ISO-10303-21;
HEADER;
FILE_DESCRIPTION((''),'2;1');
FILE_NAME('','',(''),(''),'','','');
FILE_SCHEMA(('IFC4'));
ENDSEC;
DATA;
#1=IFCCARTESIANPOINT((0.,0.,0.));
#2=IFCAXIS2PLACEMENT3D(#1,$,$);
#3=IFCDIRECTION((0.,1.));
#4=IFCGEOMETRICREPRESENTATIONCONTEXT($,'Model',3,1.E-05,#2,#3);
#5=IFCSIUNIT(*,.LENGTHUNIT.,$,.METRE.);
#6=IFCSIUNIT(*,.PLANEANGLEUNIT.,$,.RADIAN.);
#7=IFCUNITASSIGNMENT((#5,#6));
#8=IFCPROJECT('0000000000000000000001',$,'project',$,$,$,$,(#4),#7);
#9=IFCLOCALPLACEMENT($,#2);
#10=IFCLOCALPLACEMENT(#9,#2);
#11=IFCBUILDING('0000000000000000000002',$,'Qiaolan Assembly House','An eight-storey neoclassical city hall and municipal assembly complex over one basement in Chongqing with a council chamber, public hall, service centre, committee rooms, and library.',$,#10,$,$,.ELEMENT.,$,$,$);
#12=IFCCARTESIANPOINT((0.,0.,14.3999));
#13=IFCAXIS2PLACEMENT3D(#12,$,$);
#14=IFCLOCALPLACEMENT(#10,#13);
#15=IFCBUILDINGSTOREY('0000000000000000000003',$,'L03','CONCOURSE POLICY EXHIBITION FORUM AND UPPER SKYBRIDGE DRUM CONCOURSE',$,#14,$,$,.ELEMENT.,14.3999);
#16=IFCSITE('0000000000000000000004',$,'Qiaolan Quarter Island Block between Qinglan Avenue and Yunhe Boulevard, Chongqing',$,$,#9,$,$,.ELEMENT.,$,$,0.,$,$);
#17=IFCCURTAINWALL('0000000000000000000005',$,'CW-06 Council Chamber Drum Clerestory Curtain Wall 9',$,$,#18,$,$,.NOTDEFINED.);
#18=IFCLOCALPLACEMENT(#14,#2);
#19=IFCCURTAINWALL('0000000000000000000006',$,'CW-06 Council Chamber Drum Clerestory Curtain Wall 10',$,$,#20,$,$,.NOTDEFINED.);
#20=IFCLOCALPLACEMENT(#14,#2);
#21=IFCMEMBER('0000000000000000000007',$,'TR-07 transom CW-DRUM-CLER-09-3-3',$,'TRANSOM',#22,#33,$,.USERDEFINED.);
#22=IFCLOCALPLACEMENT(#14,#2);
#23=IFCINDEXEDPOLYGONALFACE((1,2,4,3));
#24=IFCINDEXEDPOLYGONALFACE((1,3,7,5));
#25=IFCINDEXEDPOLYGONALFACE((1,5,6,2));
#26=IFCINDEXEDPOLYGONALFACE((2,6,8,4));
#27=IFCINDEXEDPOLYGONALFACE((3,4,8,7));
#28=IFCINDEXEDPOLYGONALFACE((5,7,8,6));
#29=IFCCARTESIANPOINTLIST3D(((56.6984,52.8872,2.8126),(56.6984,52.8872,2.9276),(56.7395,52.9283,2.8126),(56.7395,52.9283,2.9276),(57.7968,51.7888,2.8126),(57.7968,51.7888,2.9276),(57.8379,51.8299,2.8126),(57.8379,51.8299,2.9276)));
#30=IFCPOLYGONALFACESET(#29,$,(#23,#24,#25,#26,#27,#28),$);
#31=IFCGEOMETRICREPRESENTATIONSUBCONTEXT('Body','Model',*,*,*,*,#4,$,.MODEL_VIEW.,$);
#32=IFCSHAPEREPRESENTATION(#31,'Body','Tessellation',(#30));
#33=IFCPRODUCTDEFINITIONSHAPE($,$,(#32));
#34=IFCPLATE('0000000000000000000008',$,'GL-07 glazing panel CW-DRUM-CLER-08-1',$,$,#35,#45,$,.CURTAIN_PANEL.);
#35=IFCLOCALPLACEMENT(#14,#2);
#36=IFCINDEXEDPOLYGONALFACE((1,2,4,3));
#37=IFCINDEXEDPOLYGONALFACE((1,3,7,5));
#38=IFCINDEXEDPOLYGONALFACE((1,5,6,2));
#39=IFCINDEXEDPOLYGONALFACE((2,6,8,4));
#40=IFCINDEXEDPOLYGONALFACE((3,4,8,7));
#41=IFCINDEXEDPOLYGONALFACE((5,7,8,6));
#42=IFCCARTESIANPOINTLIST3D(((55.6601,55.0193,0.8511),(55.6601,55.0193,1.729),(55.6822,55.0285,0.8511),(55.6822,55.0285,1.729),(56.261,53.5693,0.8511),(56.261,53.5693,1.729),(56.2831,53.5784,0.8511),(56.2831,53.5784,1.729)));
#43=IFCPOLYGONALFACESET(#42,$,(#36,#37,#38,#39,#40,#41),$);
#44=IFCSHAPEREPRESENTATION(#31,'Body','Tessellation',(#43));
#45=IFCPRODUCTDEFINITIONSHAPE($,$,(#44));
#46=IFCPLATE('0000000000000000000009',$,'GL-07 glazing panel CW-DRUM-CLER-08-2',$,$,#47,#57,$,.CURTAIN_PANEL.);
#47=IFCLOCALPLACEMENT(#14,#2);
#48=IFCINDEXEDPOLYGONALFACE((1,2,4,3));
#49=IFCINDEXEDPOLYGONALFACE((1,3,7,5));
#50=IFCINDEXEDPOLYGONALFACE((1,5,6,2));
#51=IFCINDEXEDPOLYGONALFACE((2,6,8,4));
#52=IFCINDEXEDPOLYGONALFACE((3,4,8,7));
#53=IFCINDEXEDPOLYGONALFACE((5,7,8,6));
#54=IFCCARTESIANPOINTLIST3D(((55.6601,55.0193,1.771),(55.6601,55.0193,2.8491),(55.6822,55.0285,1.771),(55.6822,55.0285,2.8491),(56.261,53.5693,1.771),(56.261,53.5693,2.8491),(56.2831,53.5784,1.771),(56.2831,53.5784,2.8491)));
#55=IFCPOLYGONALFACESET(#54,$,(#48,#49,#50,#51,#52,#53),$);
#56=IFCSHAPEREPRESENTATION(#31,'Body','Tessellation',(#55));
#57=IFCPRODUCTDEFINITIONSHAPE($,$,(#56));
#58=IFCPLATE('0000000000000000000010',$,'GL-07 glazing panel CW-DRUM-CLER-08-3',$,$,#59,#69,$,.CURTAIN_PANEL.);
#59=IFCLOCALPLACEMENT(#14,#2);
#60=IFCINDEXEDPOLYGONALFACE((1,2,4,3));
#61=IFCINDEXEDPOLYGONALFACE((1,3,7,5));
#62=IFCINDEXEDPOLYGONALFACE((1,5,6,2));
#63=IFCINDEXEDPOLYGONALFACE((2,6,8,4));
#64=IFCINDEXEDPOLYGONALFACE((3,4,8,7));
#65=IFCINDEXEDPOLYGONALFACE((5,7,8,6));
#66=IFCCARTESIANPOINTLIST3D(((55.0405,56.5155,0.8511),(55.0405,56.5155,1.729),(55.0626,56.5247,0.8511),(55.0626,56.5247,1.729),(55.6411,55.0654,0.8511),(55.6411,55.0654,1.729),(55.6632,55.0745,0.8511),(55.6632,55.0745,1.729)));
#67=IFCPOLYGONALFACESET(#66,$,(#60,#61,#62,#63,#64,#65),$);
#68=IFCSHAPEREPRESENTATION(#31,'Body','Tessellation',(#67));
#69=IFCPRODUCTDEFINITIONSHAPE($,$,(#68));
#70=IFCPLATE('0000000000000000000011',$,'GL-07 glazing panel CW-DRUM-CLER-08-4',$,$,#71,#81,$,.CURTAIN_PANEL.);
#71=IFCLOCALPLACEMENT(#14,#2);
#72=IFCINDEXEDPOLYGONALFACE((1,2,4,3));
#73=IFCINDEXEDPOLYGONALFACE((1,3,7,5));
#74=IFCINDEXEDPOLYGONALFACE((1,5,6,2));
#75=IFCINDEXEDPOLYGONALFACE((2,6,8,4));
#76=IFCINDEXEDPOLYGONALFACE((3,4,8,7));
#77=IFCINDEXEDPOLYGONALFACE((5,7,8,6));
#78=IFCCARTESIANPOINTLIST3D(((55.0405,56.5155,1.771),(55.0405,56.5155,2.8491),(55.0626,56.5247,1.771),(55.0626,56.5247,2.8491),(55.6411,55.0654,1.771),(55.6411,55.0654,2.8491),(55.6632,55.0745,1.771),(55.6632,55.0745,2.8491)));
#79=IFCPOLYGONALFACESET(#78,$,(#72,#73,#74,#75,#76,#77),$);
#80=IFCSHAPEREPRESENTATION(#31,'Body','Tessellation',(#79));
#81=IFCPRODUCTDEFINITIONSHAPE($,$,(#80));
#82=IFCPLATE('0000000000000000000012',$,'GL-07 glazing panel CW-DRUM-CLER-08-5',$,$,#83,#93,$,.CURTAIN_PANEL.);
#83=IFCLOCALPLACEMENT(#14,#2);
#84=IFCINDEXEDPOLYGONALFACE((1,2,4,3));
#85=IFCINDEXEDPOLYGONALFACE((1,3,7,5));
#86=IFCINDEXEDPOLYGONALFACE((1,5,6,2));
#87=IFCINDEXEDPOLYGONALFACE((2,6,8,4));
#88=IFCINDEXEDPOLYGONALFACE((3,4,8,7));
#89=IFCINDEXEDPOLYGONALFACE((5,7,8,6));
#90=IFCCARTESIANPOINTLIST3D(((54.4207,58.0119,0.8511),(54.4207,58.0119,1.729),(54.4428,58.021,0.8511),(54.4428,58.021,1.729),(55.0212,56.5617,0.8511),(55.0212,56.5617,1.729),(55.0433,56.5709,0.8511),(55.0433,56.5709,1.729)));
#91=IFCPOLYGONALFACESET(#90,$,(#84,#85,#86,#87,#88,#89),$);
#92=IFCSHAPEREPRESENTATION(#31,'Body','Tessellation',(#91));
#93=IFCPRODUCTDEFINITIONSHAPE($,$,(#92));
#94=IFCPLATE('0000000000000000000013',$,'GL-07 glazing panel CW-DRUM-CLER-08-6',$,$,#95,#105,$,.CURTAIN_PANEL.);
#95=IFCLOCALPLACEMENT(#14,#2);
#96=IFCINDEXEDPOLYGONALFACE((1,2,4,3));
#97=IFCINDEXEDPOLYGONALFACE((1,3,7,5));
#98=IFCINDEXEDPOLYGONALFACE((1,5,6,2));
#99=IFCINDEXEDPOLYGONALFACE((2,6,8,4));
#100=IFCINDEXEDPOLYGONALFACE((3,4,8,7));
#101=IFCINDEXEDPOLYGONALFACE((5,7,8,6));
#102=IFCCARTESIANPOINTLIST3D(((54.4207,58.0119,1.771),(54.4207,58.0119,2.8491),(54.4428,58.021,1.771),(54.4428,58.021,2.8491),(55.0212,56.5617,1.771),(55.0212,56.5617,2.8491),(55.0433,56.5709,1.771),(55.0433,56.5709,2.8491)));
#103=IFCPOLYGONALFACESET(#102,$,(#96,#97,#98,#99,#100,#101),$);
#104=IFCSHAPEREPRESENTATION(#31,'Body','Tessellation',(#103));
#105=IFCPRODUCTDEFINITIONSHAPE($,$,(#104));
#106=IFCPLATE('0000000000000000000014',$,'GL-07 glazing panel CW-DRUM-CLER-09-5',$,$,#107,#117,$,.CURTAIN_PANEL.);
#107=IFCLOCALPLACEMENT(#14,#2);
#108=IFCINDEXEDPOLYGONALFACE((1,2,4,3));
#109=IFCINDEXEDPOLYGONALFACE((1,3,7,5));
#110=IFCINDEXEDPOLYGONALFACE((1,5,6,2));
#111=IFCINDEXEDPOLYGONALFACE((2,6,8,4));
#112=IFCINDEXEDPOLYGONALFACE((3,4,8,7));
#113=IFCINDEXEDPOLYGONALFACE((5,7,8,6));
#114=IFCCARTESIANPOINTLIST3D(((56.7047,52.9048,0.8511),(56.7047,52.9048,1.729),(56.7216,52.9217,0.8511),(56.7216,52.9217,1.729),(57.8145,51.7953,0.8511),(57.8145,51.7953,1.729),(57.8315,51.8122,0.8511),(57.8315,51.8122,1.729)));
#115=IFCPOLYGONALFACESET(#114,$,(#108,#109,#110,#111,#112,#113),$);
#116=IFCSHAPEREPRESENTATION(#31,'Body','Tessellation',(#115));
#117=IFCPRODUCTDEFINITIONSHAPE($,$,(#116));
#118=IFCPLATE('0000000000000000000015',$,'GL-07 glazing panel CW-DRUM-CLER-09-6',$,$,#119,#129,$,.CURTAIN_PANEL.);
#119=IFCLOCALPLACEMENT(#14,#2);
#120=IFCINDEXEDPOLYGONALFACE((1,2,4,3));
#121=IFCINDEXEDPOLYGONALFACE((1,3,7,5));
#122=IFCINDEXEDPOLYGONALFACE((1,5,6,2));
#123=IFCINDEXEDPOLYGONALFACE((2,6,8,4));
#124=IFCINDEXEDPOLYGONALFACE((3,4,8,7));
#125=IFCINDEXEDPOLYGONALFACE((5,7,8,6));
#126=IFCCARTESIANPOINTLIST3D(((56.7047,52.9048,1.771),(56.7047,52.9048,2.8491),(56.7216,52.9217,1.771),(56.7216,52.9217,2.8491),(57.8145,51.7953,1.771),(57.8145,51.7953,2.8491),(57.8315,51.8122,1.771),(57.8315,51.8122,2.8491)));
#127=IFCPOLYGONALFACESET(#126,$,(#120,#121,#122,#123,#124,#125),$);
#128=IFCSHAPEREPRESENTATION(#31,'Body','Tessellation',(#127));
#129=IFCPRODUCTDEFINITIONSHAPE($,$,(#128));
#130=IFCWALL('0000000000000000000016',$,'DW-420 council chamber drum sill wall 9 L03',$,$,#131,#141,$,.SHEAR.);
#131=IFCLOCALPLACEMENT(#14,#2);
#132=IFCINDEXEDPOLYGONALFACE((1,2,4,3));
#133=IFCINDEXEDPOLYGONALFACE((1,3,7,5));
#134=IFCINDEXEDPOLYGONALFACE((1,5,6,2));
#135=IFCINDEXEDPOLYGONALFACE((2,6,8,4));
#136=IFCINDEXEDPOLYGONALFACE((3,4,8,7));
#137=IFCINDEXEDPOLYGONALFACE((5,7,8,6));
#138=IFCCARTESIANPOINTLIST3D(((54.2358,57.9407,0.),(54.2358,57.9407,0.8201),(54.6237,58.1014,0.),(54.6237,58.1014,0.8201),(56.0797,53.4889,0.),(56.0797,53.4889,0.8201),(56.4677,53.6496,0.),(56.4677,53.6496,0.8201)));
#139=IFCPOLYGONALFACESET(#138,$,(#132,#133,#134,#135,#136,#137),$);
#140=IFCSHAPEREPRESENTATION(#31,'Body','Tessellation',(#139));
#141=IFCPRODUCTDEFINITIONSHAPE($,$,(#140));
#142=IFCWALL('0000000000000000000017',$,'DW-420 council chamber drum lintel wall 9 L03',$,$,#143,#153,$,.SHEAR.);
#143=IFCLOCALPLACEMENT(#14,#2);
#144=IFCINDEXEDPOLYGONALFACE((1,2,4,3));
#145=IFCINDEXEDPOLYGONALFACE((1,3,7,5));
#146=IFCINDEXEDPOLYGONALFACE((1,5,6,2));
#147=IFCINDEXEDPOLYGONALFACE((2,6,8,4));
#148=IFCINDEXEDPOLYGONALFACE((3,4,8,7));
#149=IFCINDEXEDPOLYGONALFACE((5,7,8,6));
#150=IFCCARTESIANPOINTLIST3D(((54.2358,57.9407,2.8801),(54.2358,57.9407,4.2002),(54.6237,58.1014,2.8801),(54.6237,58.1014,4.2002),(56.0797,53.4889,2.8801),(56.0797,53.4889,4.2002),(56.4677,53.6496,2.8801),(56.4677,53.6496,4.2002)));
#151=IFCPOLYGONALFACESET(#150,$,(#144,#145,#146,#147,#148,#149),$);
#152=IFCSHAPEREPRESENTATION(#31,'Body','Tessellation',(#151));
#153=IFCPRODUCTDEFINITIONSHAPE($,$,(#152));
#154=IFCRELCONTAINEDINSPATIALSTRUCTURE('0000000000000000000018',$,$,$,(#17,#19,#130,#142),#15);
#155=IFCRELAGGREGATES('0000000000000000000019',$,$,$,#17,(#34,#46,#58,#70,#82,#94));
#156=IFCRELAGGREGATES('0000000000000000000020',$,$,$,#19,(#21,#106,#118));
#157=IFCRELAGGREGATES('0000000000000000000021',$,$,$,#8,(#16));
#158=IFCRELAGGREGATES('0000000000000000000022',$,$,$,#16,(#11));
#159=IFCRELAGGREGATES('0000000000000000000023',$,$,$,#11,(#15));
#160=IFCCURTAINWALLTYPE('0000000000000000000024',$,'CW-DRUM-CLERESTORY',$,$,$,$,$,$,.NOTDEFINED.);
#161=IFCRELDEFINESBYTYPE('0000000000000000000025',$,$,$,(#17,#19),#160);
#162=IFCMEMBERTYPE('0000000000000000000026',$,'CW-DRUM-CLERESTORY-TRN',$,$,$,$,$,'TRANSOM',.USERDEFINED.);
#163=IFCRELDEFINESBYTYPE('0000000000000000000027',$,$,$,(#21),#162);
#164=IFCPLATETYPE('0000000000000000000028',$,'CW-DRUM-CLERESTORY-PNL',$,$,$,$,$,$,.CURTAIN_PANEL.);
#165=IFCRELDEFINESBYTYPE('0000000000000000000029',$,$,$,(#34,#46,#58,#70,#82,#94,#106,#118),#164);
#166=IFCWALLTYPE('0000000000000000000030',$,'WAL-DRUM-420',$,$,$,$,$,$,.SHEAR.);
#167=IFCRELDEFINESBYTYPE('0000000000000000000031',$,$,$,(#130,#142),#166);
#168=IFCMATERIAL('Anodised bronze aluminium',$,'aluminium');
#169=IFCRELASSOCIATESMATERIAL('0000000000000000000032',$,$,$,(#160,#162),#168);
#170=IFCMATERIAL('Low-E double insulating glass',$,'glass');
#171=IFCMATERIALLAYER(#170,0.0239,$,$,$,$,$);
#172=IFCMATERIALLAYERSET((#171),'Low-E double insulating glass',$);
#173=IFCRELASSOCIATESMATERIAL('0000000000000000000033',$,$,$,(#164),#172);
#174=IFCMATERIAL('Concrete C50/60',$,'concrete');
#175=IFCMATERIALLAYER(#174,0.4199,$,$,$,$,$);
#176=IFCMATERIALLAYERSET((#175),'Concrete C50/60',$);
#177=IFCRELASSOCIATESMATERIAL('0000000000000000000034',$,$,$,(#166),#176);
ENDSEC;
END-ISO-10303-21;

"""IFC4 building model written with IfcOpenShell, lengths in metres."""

from ifc_helpers import new_model, si_unit, direction, frame, frame_2d, origin, origin_2d, place, context, subcontext, project, spatial, rectangle, extrude, material, layer, layer_set, material_profile, profile_set, type_object, element, aggregate, save


model = new_model("IFC4")

# Units and contexts
model_context = context("Model", 3, precision=1e-05, world=origin(), true_north=direction((0.0, 1.0)))
body_context = subcontext(model_context, "Body", "Model", "MODEL_VIEW")
ifc_project = project(units=[si_unit("LENGTHUNIT", "METRE"), si_unit("PLANEANGLEUNIT", "RADIAN")], contexts=[model_context])

# Site, building, storey
site_placement = place(None, origin())
site = spatial("IfcSite", under=ifc_project, at=site_placement, Name="Qiaolan Quarter Island Block between Qinglan Avenue and Yunhe Boulevard, Chongqing", CompositionType="ELEMENT", RefElevation=0.0)
building_placement = place(site_placement, origin())
building = spatial("IfcBuilding", under=site, at=building_placement, Name="Qiaolan Assembly House", Description="An eight-storey neoclassical city hall and municipal assembly complex over one basement in Chongqing with a council chamber, public hall, service centre, committee rooms, and library.", CompositionType="ELEMENT")
storey_placement = place(building_placement, frame((0.0, 0.0, 14.3999)))
storey = spatial("IfcBuildingStorey", under=building, at=storey_placement, Name="L03", Description="CONCOURSE POLICY EXHIBITION FORUM AND UPPER SKYBRIDGE DRUM CONCOURSE", CompositionType="ELEMENT", Elevation=14.3999)

# Curtain walls
ifc_material_1 = material(Name="Anodised bronze aluminium", Category="aluminium")
curtain_wall_type = type_object("IfcCurtainWallType", Name="CW-DRUM-CLERESTORY", PredefinedType="NOTDEFINED", material=ifc_material_1)
curtain_wall_1_placement = place(storey_placement, origin())
curtain_wall_1 = element("IfcCurtainWall", 1, at=curtain_wall_1_placement, inside=storey, type_object=curtain_wall_type, Name="CW-06 Council Chamber Drum Clerestory Curtain Wall 9", PredefinedType="NOTDEFINED")
curtain_wall_2_placement = place(storey_placement, origin())
curtain_wall_2 = element("IfcCurtainWall", 2, at=curtain_wall_2_placement, inside=storey, type_object=curtain_wall_type, Name="CW-06 Council Chamber Drum Clerestory Curtain Wall 10", PredefinedType="NOTDEFINED")

# Member
ifc_material_profile_1 = material_profile(ifc_material_1, rectangle(XDim=0.0581, YDim=0.115, at=origin_2d()), Name="TRN 58x115")
ifc_profile_set_1 = profile_set([ifc_material_profile_1], Name="Anodised bronze aluminium")
member_type_1 = type_object("IfcMemberType", Name="CW-DRUM-CLERESTORY-TRN", ElementType="TRANSOM", PredefinedType="USERDEFINED", material=ifc_profile_set_1)
member_1_placement = place(storey_placement, frame((57.8174, 51.8093, 2.8701), z_axis=(-0.707107, 0.707107, 0.0), x_axis=(-0.707107, -0.707107, 0.0)))
member_1 = element("IfcMember", 3, at=member_1_placement, type_object=member_type_1, Name="TR-07 transom CW-DRUM-CLER-09-3-3", ObjectType="TRANSOM", PredefinedType="USERDEFINED", context=body_context, shape_type="SweptSolid", body=[
    extrude(rectangle(XDim=0.0581, YDim=0.115, at=origin_2d()), origin(), (0.0, 0.0, 1.0), 1.5535),
])

# Plates
ifc_material_2 = material(Name="Low-E double insulating glass", Category="glass")
ifc_layer_1 = layer(ifc_material_2, 0.0239)
ifc_layer_set_1 = layer_set([ifc_layer_1], Name="Low-E double insulating glass")
plate_type = type_object("IfcPlateType", Name="CW-DRUM-CLERESTORY-PNL", PredefinedType="CURTAIN_PANEL", material=ifc_layer_set_1)
plate_1_placement = place(storey_placement, frame((56.272, 53.574, 0.8511), z_axis=(0.0, 0.0, 1.0), x_axis=(-0.382814, 0.923825, 0.0)))
plate_1 = element("IfcPlate", 4, at=plate_1_placement, type_object=plate_type, Name="GL-07 glazing panel CW-DRUM-CLER-08-1", PredefinedType="CURTAIN_PANEL", context=body_context, shape_type="SweptSolid", body=[
    extrude(rectangle(XDim=1.5696, YDim=0.0239, at=frame_2d((0.7847, 0.0))), origin(), (0.0, 0.0, 1.0), 0.8779),
])
plate_2_placement = place(storey_placement, frame((56.272, 53.574, 1.771), z_axis=(0.0, 0.0, 1.0), x_axis=(-0.382814, 0.923825, 0.0)))
plate_2 = element("IfcPlate", 5, at=plate_2_placement, type_object=plate_type, Name="GL-07 glazing panel CW-DRUM-CLER-08-2", PredefinedType="CURTAIN_PANEL", context=body_context, shape_type="SweptSolid", body=[
    extrude(rectangle(XDim=1.5696, YDim=0.0239, at=frame_2d((0.7847, 0.0))), origin(), (0.0, 0.0, 1.0), 1.0781),
])
plate_3_placement = place(storey_placement, frame((55.6521, 55.0701, 0.8511), z_axis=(0.0, 0.0, 1.0), x_axis=(-0.382627, 0.923903, 0.0)))
plate_3 = element("IfcPlate", 6, at=plate_3_placement, type_object=plate_type, Name="GL-07 glazing panel CW-DRUM-CLER-08-3", PredefinedType="CURTAIN_PANEL", context=body_context, shape_type="SweptSolid", body=[
    extrude(rectangle(XDim=1.5696, YDim=0.0239, at=frame_2d((0.7847, 0.0))), origin(), (0.0, 0.0, 1.0), 0.8779),
])
plate_4_placement = place(storey_placement, frame((55.6521, 55.0701, 1.771), z_axis=(0.0, 0.0, 1.0), x_axis=(-0.382627, 0.923903, 0.0)))
plate_4 = element("IfcPlate", 7, at=plate_4_placement, type_object=plate_type, Name="GL-07 glazing panel CW-DRUM-CLER-08-4", PredefinedType="CURTAIN_PANEL", context=body_context, shape_type="SweptSolid", body=[
    extrude(rectangle(XDim=1.5696, YDim=0.0239, at=frame_2d((0.7847, 0.0))), origin(), (0.0, 0.0, 1.0), 1.0781),
])
plate_5_placement = place(storey_placement, frame((55.0322, 56.5664, 0.8511), z_axis=(0.0, 0.0, 1.0), x_axis=(-0.382627, 0.923903, 0.0)))
plate_5 = element("IfcPlate", 8, at=plate_5_placement, type_object=plate_type, Name="GL-07 glazing panel CW-DRUM-CLER-08-5", PredefinedType="CURTAIN_PANEL", context=body_context, shape_type="SweptSolid", body=[
    extrude(rectangle(XDim=1.5696, YDim=0.0239, at=frame_2d((0.7847, 0.0))), origin(), (0.0, 0.0, 1.0), 0.8779),
])
plate_6_placement = place(storey_placement, frame((55.0322, 56.5664, 1.771), z_axis=(0.0, 0.0, 1.0), x_axis=(-0.382627, 0.923903, 0.0)))
plate_6 = element("IfcPlate", 9, at=plate_6_placement, type_object=plate_type, Name="GL-07 glazing panel CW-DRUM-CLER-08-6", PredefinedType="CURTAIN_PANEL", context=body_context, shape_type="SweptSolid", body=[
    extrude(rectangle(XDim=1.5696, YDim=0.0239, at=frame_2d((0.7847, 0.0))), origin(), (0.0, 0.0, 1.0), 1.0781),
])
aggregate(curtain_wall_1, [plate_1, plate_2, plate_3, plate_4, plate_5, plate_6])
plate_7_placement = place(storey_placement, frame((57.823, 51.8037, 0.8511), z_axis=(0.0, 0.0, 1.0), x_axis=(-0.707185, 0.707029, 0.0)))
plate_7 = element("IfcPlate", 10, at=plate_7_placement, type_object=plate_type, Name="GL-07 glazing panel CW-DRUM-CLER-09-5", PredefinedType="CURTAIN_PANEL", context=body_context, shape_type="SweptSolid", body=[
    extrude(rectangle(XDim=1.5693, YDim=0.0239, at=frame_2d((0.7847, 0.0))), origin(), (0.0, 0.0, 1.0), 0.8779),
])
plate_8_placement = place(storey_placement, frame((57.823, 51.8037, 1.771), z_axis=(0.0, 0.0, 1.0), x_axis=(-0.707185, 0.707029, 0.0)))
plate_8 = element("IfcPlate", 11, at=plate_8_placement, type_object=plate_type, Name="GL-07 glazing panel CW-DRUM-CLER-09-6", PredefinedType="CURTAIN_PANEL", context=body_context, shape_type="SweptSolid", body=[
    extrude(rectangle(XDim=1.5693, YDim=0.0239, at=frame_2d((0.7847, 0.0))), origin(), (0.0, 0.0, 1.0), 1.0781),
])
aggregate(curtain_wall_2, [member_1, plate_7, plate_8])

# Walls
ifc_material_3 = material(Name="Concrete C50/60", Category="concrete")
ifc_layer_2 = layer(ifc_material_3, 0.4199)
ifc_layer_set_2 = layer_set([ifc_layer_2], Name="Concrete C50/60")
wall_type = type_object("IfcWallType", Name="WAL-DRUM-420", PredefinedType="SHEAR", material=ifc_layer_set_2)
wall_1_placement = place(storey_placement, frame((56.2737, 53.5693, 0.0), z_axis=(0.0, 0.0, 1.0), x_axis=(-0.382675, 0.923883, 0.0)))
element("IfcWall", 12, at=wall_1_placement, inside=storey, type_object=wall_type, Name="DW-420 council chamber drum sill wall 9 L03", PredefinedType="SHEAR", context=body_context, shape_type="SweptSolid", body=[
    extrude(rectangle(XDim=4.8186, YDim=0.4199, at=frame_2d((2.4092, 0.0))), origin(), (0.0, 0.0, 1.0), 0.8201),
])
wall_2_placement = place(storey_placement, frame((56.2737, 53.5693, 2.8801), z_axis=(0.0, 0.0, 1.0), x_axis=(-0.382675, 0.923883, 0.0)))
element("IfcWall", 13, at=wall_2_placement, inside=storey, type_object=wall_type, Name="DW-420 council chamber drum lintel wall 9 L03", PredefinedType="SHEAR", context=body_context, shape_type="SweptSolid", body=[
    extrude(rectangle(XDim=4.8186, YDim=0.4199, at=frame_2d((2.4092, 0.0))), origin(), (0.0, 0.0, 1.0), 1.3201),
])

save(model, "model.ifc")
